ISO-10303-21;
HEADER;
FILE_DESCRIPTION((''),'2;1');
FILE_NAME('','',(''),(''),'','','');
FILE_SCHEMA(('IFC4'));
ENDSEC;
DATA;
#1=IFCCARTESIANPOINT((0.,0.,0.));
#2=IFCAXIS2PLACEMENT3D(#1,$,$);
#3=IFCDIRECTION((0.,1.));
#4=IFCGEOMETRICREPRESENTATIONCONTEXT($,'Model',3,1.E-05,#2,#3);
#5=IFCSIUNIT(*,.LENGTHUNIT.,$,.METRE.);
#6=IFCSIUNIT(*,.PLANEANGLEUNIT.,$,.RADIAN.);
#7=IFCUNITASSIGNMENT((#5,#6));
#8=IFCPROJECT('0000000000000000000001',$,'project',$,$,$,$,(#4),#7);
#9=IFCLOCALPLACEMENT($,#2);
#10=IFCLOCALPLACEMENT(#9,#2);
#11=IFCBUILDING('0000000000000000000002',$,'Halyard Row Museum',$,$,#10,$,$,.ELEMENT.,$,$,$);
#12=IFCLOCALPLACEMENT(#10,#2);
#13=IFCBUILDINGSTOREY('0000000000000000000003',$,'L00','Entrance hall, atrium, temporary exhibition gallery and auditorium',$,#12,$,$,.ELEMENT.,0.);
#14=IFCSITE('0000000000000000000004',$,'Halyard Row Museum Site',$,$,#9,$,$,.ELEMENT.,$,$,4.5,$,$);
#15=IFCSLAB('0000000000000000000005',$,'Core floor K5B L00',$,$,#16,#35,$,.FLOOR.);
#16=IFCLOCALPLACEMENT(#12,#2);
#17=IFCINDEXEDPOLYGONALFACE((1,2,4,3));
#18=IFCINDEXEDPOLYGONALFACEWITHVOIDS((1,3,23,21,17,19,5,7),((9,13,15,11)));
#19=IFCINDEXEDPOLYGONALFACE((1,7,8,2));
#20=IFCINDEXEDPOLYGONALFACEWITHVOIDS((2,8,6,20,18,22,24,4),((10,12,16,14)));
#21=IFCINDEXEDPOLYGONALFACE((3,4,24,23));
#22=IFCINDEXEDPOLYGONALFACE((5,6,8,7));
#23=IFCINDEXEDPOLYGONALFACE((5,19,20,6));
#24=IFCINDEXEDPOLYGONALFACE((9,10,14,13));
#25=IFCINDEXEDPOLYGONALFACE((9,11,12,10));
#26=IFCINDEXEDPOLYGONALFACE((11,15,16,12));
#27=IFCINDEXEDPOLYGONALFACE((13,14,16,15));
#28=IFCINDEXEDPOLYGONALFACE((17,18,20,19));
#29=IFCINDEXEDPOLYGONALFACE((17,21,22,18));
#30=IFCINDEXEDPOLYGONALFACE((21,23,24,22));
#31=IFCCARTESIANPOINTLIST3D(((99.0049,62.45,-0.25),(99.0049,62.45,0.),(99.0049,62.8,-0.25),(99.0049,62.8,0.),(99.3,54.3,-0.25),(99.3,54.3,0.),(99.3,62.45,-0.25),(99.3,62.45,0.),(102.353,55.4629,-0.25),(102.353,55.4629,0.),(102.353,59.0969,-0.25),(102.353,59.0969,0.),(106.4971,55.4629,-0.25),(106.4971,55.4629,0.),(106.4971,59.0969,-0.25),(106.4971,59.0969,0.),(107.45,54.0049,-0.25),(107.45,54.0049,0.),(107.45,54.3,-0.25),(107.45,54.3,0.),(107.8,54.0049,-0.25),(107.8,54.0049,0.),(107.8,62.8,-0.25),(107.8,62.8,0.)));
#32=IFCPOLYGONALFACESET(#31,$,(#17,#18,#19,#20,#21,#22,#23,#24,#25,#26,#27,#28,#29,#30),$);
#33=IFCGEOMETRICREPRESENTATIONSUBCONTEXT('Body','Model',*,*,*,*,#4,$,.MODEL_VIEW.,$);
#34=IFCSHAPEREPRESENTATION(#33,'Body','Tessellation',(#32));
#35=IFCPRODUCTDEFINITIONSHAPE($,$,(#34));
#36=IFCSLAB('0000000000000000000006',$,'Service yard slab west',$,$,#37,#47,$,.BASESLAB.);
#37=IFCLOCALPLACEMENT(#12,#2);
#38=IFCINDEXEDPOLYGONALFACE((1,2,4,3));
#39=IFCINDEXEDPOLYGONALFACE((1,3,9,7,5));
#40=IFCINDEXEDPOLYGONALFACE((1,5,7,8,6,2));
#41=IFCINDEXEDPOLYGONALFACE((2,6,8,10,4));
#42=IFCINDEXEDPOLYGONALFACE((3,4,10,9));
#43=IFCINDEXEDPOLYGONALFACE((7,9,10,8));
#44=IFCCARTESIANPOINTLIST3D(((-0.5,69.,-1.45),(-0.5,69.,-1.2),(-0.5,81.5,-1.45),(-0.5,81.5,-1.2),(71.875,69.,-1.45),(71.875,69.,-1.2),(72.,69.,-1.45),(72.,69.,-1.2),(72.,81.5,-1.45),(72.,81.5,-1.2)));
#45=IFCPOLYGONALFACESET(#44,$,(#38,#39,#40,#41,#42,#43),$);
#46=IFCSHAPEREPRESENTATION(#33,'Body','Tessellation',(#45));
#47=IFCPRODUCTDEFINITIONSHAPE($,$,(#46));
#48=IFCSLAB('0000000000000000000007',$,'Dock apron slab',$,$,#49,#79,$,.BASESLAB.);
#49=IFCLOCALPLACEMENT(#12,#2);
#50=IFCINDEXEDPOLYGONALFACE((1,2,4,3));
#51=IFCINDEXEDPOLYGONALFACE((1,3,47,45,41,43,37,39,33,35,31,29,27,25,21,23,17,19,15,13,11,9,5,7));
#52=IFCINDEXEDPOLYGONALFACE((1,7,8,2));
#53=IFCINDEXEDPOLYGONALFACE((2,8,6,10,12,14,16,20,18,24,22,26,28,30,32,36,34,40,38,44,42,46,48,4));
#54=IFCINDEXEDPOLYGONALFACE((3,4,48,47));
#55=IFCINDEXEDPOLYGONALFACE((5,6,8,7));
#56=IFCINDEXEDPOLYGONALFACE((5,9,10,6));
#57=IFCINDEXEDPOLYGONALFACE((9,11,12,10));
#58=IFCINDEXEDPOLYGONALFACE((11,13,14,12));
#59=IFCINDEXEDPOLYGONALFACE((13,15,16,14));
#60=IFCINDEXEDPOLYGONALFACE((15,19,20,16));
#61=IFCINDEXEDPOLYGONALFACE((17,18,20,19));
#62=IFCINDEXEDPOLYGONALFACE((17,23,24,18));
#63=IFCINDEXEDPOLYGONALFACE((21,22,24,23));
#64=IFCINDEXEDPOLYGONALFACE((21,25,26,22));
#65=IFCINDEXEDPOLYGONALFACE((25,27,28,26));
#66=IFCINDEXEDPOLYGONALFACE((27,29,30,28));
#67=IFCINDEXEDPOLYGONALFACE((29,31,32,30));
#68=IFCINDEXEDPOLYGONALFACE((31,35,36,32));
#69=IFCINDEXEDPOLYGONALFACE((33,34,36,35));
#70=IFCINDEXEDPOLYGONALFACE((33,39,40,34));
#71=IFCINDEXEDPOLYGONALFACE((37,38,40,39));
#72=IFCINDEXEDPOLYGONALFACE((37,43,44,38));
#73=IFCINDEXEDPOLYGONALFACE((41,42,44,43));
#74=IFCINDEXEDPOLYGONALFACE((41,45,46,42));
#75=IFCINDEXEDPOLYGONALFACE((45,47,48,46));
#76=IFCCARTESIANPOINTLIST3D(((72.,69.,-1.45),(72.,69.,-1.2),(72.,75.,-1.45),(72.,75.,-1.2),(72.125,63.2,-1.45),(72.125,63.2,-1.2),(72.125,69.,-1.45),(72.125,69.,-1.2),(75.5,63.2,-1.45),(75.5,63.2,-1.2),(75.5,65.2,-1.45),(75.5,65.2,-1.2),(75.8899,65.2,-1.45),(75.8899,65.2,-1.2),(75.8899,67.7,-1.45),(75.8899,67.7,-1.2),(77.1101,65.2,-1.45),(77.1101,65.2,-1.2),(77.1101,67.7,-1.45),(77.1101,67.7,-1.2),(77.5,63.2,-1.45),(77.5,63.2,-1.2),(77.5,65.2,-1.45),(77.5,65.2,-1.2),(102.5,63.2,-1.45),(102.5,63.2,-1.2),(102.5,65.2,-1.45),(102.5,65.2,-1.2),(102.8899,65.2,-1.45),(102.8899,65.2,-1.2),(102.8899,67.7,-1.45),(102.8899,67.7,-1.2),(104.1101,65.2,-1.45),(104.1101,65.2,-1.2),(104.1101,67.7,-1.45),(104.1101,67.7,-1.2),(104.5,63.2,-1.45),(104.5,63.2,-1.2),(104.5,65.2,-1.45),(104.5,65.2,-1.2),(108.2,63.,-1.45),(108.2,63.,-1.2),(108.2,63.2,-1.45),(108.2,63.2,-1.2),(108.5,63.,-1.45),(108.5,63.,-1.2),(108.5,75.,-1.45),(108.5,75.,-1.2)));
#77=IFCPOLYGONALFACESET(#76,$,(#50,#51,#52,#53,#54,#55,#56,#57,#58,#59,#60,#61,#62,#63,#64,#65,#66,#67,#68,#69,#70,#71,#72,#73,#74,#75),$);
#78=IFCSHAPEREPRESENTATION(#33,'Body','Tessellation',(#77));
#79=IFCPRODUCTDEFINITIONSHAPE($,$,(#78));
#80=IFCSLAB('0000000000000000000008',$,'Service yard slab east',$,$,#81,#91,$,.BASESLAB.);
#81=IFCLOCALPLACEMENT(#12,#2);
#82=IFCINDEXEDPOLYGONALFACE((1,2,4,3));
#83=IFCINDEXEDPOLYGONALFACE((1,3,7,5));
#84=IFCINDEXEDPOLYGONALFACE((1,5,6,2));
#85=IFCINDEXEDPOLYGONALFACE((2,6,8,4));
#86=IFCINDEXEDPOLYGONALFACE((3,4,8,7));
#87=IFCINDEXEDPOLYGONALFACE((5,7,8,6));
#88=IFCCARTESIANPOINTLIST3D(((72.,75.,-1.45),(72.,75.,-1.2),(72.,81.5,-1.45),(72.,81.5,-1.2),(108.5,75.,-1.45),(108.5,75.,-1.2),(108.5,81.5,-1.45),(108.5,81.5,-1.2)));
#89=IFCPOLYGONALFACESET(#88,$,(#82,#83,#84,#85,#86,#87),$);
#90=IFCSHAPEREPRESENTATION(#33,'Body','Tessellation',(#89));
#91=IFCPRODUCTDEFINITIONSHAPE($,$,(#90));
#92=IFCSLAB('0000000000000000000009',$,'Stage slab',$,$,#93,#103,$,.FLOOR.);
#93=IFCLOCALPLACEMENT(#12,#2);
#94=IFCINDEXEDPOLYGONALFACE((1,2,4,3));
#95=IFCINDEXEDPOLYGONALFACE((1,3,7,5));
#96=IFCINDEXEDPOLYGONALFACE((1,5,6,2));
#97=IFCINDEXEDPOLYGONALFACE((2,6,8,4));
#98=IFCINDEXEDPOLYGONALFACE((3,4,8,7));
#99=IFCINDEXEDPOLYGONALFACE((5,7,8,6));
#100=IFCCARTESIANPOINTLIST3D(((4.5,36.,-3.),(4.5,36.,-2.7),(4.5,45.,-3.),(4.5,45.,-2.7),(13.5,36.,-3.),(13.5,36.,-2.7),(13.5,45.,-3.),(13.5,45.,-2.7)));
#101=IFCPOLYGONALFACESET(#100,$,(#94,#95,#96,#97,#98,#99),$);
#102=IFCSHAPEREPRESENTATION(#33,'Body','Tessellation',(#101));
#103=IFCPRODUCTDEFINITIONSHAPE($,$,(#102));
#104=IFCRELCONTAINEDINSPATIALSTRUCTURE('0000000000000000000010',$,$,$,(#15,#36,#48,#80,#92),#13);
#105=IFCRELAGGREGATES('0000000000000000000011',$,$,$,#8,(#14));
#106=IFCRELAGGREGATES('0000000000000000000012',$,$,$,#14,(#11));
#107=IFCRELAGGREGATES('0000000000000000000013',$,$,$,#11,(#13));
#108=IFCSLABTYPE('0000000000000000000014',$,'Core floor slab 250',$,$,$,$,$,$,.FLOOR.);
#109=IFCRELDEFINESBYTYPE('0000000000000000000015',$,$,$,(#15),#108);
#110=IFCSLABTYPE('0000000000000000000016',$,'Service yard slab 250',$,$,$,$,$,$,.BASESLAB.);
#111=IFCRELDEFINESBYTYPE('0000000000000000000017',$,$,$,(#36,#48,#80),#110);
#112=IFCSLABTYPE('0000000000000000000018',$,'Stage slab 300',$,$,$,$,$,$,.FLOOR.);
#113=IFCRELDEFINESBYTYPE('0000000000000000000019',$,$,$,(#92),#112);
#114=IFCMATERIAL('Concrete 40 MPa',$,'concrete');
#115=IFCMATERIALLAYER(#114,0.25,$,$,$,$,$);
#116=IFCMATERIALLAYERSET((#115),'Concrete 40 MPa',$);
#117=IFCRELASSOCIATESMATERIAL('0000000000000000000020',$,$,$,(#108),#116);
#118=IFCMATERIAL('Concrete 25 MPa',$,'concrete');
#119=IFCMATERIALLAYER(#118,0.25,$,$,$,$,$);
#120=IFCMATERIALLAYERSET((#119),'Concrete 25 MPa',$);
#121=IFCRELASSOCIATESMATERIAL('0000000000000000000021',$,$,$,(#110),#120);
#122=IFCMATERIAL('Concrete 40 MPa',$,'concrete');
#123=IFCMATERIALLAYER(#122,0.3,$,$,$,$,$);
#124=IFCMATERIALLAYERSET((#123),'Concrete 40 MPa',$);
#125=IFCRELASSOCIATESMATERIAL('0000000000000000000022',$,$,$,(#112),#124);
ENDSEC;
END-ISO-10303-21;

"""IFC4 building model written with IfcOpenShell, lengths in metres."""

from ifc_helpers import new_model, si_unit, direction, frame, origin, place, context, subcontext, project, spatial, polyline, outline, extrude, material, layer, layer_set, type_object, element, save


model = new_model("IFC4")

# Units and contexts
model_context = context("Model", 3, precision=1e-05, world=origin(), true_north=direction((0.0, 1.0)))
body_context = subcontext(model_context, "Body", "Model", "MODEL_VIEW")
ifc_project = project(units=[si_unit("LENGTHUNIT", "METRE"), si_unit("PLANEANGLEUNIT", "RADIAN")], contexts=[model_context])

# Site, building, storey
site_placement = place(None, origin())
site = spatial("IfcSite", under=ifc_project, at=site_placement, Name="Halyard Row Museum Site", CompositionType="ELEMENT", RefElevation=4.5)
building_placement = place(site_placement, origin())
building = spatial("IfcBuilding", under=site, at=building_placement, Name="Halyard Row Museum", CompositionType="ELEMENT")
storey_placement = place(building_placement, origin())
storey = spatial("IfcBuildingStorey", under=building, at=storey_placement, Name="L00", Description="Entrance hall, atrium, temporary exhibition gallery and auditorium", CompositionType="ELEMENT", Elevation=0.0)

# Slabs
ifc_material_1 = material(Name="Concrete 40 MPa", Category="concrete")
ifc_layer_1 = layer(ifc_material_1, 0.25)
ifc_layer_set_1 = layer_set([ifc_layer_1], Name="Concrete 40 MPa")
slab_type_1 = type_object("IfcSlabType", Name="Core floor slab 250", PredefinedType="FLOOR", material=ifc_layer_set_1)
slab_1_placement = place(storey_placement, frame((0.0, 0.0, -0.25)))
element("IfcSlab", 1, at=slab_1_placement, inside=storey, type_object=slab_type_1, Name="Core floor K5B L00", PredefinedType="FLOOR", context=body_context, shape_type="SweptSolid", body=[
    extrude(outline(polyline([(107.8, 62.8), (99.0049, 62.8), (99.0049, 62.45), (99.3, 62.45), (99.3, 54.3), (107.45, 54.3), (107.45, 54.0049), (107.8, 54.0049), (107.8, 62.8)]), holes=[polyline([(106.4971, 55.4629), (102.353, 55.4629), (102.353, 59.0969), (106.4971, 59.0969), (106.4971, 55.4629)])]), origin(), (0.0, 0.0, 1.0), 0.25),
])
ifc_material_2 = material(Name="Concrete 25 MPa", Category="concrete")
ifc_layer_2 = layer(ifc_material_2, 0.25)
ifc_layer_set_2 = layer_set([ifc_layer_2], Name="Concrete 25 MPa")
slab_type_2 = type_object("IfcSlabType", Name="Service yard slab 250", PredefinedType="BASESLAB", material=ifc_layer_set_2)
slab_2_placement = place(storey_placement, frame((0.0, 0.0, -1.45)))
element("IfcSlab", 2, at=slab_2_placement, inside=storey, type_object=slab_type_2, Name="Service yard slab west", PredefinedType="BASESLAB", context=body_context, shape_type="SweptSolid", body=[
    extrude(outline(polyline([(-0.5, 69.0), (-0.5, 81.5), (72.0, 81.5), (72.0, 69.0), (71.875, 69.0), (-0.5, 69.0)])), origin(), (0.0, 0.0, 1.0), 0.25),
])
slab_3_placement = place(storey_placement, frame((0.0, 0.0, -1.45)))
element("IfcSlab", 3, at=slab_3_placement, inside=storey, type_object=slab_type_2, Name="Dock apron slab", PredefinedType="BASESLAB", context=body_context, shape_type="SweptSolid", body=[
    extrude(outline(polyline([(72.0, 75.0), (108.5, 75.0), (108.5, 63.0), (108.2, 63.0), (108.2, 63.2), (104.5, 63.2), (104.5, 65.2), (104.1101, 65.2), (104.1101, 67.7), (102.8899, 67.7), (102.8899, 65.2), (102.5, 65.2), (102.5, 63.2), (77.5, 63.2), (77.5, 65.2), (77.1101, 65.2), (77.1101, 67.7), (75.8899, 67.7), (75.8899, 65.2), (75.5, 65.2), (75.5, 63.2), (72.125, 63.2), (72.125, 69.0), (72.0, 69.0), (72.0, 75.0)])), origin(), (0.0, 0.0, 1.0), 0.25),
])
slab_4_placement = place(storey_placement, frame((0.0, 0.0, -1.45)))
element("IfcSlab", 4, at=slab_4_placement, inside=storey, type_object=slab_type_2, Name="Service yard slab east", PredefinedType="BASESLAB", context=body_context, shape_type="SweptSolid", body=[
    extrude(outline(polyline([(72.0, 75.0), (72.0, 81.5), (108.5, 81.5), (108.5, 75.0), (72.0, 75.0)])), origin(), (0.0, 0.0, 1.0), 0.25),
])
ifc_material_3 = material(Name="Concrete 40 MPa", Category="concrete")
ifc_layer_3 = layer(ifc_material_3, 0.3)
ifc_layer_set_3 = layer_set([ifc_layer_3], Name="Concrete 40 MPa")
slab_type_3 = type_object("IfcSlabType", Name="Stage slab 300", PredefinedType="FLOOR", material=ifc_layer_set_3)
slab_5_placement = place(storey_placement, frame((0.0, 0.0, -3.0)))
element("IfcSlab", 5, at=slab_5_placement, inside=storey, type_object=slab_type_3, Name="Stage slab", PredefinedType="FLOOR", context=body_context, shape_type="SweptSolid", body=[
    extrude(outline(polyline([(13.5, 45.0), (4.5, 45.0), (4.5, 36.0), (13.5, 36.0), (13.5, 45.0)])), origin(), (0.0, 0.0, 1.0), 0.3),
])

save(model, "model.ifc")
